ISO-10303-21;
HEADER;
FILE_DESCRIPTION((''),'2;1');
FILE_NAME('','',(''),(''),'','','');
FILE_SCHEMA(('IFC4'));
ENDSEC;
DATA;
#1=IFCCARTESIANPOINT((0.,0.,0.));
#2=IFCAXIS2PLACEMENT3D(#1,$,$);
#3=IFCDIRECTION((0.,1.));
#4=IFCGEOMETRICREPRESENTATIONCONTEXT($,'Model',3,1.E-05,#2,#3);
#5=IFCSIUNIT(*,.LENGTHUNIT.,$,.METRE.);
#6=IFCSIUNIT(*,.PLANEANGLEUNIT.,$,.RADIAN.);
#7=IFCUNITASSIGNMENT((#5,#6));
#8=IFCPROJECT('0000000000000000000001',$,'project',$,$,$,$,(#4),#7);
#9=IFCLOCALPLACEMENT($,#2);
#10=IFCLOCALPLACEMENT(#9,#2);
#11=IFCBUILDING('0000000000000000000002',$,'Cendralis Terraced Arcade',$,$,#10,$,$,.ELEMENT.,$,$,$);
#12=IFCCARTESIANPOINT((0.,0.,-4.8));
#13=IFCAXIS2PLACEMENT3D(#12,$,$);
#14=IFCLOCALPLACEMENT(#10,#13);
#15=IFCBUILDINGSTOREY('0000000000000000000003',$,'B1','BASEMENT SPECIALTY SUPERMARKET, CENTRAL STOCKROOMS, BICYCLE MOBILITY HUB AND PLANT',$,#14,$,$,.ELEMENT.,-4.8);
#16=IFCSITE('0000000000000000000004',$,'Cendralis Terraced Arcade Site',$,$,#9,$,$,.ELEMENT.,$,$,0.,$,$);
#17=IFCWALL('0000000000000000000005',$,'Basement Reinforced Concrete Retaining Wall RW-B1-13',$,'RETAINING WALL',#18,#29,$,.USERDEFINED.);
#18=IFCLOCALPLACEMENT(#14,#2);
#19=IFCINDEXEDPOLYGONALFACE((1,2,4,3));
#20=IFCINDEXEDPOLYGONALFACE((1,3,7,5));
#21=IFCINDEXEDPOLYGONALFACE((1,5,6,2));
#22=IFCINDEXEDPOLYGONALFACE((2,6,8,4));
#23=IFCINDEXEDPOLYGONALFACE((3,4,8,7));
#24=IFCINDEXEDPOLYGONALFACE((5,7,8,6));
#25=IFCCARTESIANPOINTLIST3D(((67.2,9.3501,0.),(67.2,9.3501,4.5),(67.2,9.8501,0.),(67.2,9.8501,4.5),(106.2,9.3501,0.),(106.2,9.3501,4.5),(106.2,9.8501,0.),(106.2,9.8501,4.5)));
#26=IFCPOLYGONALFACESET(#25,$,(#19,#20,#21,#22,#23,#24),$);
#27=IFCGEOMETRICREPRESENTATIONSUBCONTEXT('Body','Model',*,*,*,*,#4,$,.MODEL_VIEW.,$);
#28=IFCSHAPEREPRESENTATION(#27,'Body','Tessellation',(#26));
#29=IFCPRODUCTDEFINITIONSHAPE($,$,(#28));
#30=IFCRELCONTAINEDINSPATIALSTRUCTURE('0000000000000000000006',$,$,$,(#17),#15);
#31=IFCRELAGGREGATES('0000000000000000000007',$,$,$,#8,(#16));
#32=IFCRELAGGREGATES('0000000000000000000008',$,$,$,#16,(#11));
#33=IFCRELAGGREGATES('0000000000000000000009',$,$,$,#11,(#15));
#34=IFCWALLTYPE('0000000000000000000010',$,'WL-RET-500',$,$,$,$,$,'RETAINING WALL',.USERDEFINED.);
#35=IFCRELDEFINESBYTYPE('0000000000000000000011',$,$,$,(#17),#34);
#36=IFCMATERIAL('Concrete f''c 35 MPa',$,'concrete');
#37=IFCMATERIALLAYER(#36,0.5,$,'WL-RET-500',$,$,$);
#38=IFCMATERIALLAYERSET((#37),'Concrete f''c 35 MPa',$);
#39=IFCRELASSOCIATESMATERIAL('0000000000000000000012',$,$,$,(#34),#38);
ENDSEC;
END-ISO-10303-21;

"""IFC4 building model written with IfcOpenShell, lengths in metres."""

from ifc_helpers import new_model, si_unit, direction, frame, frame_2d, origin, place, context, subcontext, project, spatial, rectangle, extrude, material, layer, layer_set, type_object, element, save


model = new_model("IFC4")

# Units and contexts
model_context = context("Model", 3, precision=1e-05, world=origin(), true_north=direction((0.0, 1.0)))
body_context = subcontext(model_context, "Body", "Model", "MODEL_VIEW")
ifc_project = project(units=[si_unit("LENGTHUNIT", "METRE"), si_unit("PLANEANGLEUNIT", "RADIAN")], contexts=[model_context])

# Site, building, storey
site_placement = place(None, origin())
site = spatial("IfcSite", under=ifc_project, at=site_placement, Name="Cendralis Terraced Arcade Site", CompositionType="ELEMENT", RefElevation=0.0)
building_placement = place(site_placement, origin())
building = spatial("IfcBuilding", under=site, at=building_placement, Name="Cendralis Terraced Arcade", CompositionType="ELEMENT")
storey_placement = place(building_placement, frame((0.0, 0.0, -4.8)))
storey = spatial("IfcBuildingStorey", under=building, at=storey_placement, Name="B1", Description="BASEMENT SPECIALTY SUPERMARKET, CENTRAL STOCKROOMS, BICYCLE MOBILITY HUB AND PLANT", CompositionType="ELEMENT", Elevation=-4.8)

# Shared definitions
ifc_material_1 = material(Name="Concrete f'c 35 MPa", Category="concrete")

# Wall
ifc_layer_1 = layer(ifc_material_1, 0.5, Name="WL-RET-500")
ifc_layer_set_1 = layer_set([ifc_layer_1], Name="Concrete f'c 35 MPa")
wall_type_1 = type_object("IfcWallType", Name="WL-RET-500", ElementType="RETAINING WALL", PredefinedType="USERDEFINED", material=ifc_layer_set_1)
wall_1_placement = place(storey_placement, frame((106.2, 9.6001, 0.0), z_axis=(0.0, 0.0, 1.0), x_axis=(-1.0, 0.0, 0.0)))
element("IfcWall", 1, at=wall_1_placement, inside=storey, type_object=wall_type_1, Name="Basement Reinforced Concrete Retaining Wall RW-B1-13", ObjectType="RETAINING WALL", PredefinedType="USERDEFINED", context=body_context, shape_type="SweptSolid", body=[
    extrude(rectangle(XDim=39.0, YDim=0.5, at=frame_2d((19.5, 0.0))), origin(), (0.0, 0.0, 1.0), 4.5),
])

save(model, "model.ifc")
